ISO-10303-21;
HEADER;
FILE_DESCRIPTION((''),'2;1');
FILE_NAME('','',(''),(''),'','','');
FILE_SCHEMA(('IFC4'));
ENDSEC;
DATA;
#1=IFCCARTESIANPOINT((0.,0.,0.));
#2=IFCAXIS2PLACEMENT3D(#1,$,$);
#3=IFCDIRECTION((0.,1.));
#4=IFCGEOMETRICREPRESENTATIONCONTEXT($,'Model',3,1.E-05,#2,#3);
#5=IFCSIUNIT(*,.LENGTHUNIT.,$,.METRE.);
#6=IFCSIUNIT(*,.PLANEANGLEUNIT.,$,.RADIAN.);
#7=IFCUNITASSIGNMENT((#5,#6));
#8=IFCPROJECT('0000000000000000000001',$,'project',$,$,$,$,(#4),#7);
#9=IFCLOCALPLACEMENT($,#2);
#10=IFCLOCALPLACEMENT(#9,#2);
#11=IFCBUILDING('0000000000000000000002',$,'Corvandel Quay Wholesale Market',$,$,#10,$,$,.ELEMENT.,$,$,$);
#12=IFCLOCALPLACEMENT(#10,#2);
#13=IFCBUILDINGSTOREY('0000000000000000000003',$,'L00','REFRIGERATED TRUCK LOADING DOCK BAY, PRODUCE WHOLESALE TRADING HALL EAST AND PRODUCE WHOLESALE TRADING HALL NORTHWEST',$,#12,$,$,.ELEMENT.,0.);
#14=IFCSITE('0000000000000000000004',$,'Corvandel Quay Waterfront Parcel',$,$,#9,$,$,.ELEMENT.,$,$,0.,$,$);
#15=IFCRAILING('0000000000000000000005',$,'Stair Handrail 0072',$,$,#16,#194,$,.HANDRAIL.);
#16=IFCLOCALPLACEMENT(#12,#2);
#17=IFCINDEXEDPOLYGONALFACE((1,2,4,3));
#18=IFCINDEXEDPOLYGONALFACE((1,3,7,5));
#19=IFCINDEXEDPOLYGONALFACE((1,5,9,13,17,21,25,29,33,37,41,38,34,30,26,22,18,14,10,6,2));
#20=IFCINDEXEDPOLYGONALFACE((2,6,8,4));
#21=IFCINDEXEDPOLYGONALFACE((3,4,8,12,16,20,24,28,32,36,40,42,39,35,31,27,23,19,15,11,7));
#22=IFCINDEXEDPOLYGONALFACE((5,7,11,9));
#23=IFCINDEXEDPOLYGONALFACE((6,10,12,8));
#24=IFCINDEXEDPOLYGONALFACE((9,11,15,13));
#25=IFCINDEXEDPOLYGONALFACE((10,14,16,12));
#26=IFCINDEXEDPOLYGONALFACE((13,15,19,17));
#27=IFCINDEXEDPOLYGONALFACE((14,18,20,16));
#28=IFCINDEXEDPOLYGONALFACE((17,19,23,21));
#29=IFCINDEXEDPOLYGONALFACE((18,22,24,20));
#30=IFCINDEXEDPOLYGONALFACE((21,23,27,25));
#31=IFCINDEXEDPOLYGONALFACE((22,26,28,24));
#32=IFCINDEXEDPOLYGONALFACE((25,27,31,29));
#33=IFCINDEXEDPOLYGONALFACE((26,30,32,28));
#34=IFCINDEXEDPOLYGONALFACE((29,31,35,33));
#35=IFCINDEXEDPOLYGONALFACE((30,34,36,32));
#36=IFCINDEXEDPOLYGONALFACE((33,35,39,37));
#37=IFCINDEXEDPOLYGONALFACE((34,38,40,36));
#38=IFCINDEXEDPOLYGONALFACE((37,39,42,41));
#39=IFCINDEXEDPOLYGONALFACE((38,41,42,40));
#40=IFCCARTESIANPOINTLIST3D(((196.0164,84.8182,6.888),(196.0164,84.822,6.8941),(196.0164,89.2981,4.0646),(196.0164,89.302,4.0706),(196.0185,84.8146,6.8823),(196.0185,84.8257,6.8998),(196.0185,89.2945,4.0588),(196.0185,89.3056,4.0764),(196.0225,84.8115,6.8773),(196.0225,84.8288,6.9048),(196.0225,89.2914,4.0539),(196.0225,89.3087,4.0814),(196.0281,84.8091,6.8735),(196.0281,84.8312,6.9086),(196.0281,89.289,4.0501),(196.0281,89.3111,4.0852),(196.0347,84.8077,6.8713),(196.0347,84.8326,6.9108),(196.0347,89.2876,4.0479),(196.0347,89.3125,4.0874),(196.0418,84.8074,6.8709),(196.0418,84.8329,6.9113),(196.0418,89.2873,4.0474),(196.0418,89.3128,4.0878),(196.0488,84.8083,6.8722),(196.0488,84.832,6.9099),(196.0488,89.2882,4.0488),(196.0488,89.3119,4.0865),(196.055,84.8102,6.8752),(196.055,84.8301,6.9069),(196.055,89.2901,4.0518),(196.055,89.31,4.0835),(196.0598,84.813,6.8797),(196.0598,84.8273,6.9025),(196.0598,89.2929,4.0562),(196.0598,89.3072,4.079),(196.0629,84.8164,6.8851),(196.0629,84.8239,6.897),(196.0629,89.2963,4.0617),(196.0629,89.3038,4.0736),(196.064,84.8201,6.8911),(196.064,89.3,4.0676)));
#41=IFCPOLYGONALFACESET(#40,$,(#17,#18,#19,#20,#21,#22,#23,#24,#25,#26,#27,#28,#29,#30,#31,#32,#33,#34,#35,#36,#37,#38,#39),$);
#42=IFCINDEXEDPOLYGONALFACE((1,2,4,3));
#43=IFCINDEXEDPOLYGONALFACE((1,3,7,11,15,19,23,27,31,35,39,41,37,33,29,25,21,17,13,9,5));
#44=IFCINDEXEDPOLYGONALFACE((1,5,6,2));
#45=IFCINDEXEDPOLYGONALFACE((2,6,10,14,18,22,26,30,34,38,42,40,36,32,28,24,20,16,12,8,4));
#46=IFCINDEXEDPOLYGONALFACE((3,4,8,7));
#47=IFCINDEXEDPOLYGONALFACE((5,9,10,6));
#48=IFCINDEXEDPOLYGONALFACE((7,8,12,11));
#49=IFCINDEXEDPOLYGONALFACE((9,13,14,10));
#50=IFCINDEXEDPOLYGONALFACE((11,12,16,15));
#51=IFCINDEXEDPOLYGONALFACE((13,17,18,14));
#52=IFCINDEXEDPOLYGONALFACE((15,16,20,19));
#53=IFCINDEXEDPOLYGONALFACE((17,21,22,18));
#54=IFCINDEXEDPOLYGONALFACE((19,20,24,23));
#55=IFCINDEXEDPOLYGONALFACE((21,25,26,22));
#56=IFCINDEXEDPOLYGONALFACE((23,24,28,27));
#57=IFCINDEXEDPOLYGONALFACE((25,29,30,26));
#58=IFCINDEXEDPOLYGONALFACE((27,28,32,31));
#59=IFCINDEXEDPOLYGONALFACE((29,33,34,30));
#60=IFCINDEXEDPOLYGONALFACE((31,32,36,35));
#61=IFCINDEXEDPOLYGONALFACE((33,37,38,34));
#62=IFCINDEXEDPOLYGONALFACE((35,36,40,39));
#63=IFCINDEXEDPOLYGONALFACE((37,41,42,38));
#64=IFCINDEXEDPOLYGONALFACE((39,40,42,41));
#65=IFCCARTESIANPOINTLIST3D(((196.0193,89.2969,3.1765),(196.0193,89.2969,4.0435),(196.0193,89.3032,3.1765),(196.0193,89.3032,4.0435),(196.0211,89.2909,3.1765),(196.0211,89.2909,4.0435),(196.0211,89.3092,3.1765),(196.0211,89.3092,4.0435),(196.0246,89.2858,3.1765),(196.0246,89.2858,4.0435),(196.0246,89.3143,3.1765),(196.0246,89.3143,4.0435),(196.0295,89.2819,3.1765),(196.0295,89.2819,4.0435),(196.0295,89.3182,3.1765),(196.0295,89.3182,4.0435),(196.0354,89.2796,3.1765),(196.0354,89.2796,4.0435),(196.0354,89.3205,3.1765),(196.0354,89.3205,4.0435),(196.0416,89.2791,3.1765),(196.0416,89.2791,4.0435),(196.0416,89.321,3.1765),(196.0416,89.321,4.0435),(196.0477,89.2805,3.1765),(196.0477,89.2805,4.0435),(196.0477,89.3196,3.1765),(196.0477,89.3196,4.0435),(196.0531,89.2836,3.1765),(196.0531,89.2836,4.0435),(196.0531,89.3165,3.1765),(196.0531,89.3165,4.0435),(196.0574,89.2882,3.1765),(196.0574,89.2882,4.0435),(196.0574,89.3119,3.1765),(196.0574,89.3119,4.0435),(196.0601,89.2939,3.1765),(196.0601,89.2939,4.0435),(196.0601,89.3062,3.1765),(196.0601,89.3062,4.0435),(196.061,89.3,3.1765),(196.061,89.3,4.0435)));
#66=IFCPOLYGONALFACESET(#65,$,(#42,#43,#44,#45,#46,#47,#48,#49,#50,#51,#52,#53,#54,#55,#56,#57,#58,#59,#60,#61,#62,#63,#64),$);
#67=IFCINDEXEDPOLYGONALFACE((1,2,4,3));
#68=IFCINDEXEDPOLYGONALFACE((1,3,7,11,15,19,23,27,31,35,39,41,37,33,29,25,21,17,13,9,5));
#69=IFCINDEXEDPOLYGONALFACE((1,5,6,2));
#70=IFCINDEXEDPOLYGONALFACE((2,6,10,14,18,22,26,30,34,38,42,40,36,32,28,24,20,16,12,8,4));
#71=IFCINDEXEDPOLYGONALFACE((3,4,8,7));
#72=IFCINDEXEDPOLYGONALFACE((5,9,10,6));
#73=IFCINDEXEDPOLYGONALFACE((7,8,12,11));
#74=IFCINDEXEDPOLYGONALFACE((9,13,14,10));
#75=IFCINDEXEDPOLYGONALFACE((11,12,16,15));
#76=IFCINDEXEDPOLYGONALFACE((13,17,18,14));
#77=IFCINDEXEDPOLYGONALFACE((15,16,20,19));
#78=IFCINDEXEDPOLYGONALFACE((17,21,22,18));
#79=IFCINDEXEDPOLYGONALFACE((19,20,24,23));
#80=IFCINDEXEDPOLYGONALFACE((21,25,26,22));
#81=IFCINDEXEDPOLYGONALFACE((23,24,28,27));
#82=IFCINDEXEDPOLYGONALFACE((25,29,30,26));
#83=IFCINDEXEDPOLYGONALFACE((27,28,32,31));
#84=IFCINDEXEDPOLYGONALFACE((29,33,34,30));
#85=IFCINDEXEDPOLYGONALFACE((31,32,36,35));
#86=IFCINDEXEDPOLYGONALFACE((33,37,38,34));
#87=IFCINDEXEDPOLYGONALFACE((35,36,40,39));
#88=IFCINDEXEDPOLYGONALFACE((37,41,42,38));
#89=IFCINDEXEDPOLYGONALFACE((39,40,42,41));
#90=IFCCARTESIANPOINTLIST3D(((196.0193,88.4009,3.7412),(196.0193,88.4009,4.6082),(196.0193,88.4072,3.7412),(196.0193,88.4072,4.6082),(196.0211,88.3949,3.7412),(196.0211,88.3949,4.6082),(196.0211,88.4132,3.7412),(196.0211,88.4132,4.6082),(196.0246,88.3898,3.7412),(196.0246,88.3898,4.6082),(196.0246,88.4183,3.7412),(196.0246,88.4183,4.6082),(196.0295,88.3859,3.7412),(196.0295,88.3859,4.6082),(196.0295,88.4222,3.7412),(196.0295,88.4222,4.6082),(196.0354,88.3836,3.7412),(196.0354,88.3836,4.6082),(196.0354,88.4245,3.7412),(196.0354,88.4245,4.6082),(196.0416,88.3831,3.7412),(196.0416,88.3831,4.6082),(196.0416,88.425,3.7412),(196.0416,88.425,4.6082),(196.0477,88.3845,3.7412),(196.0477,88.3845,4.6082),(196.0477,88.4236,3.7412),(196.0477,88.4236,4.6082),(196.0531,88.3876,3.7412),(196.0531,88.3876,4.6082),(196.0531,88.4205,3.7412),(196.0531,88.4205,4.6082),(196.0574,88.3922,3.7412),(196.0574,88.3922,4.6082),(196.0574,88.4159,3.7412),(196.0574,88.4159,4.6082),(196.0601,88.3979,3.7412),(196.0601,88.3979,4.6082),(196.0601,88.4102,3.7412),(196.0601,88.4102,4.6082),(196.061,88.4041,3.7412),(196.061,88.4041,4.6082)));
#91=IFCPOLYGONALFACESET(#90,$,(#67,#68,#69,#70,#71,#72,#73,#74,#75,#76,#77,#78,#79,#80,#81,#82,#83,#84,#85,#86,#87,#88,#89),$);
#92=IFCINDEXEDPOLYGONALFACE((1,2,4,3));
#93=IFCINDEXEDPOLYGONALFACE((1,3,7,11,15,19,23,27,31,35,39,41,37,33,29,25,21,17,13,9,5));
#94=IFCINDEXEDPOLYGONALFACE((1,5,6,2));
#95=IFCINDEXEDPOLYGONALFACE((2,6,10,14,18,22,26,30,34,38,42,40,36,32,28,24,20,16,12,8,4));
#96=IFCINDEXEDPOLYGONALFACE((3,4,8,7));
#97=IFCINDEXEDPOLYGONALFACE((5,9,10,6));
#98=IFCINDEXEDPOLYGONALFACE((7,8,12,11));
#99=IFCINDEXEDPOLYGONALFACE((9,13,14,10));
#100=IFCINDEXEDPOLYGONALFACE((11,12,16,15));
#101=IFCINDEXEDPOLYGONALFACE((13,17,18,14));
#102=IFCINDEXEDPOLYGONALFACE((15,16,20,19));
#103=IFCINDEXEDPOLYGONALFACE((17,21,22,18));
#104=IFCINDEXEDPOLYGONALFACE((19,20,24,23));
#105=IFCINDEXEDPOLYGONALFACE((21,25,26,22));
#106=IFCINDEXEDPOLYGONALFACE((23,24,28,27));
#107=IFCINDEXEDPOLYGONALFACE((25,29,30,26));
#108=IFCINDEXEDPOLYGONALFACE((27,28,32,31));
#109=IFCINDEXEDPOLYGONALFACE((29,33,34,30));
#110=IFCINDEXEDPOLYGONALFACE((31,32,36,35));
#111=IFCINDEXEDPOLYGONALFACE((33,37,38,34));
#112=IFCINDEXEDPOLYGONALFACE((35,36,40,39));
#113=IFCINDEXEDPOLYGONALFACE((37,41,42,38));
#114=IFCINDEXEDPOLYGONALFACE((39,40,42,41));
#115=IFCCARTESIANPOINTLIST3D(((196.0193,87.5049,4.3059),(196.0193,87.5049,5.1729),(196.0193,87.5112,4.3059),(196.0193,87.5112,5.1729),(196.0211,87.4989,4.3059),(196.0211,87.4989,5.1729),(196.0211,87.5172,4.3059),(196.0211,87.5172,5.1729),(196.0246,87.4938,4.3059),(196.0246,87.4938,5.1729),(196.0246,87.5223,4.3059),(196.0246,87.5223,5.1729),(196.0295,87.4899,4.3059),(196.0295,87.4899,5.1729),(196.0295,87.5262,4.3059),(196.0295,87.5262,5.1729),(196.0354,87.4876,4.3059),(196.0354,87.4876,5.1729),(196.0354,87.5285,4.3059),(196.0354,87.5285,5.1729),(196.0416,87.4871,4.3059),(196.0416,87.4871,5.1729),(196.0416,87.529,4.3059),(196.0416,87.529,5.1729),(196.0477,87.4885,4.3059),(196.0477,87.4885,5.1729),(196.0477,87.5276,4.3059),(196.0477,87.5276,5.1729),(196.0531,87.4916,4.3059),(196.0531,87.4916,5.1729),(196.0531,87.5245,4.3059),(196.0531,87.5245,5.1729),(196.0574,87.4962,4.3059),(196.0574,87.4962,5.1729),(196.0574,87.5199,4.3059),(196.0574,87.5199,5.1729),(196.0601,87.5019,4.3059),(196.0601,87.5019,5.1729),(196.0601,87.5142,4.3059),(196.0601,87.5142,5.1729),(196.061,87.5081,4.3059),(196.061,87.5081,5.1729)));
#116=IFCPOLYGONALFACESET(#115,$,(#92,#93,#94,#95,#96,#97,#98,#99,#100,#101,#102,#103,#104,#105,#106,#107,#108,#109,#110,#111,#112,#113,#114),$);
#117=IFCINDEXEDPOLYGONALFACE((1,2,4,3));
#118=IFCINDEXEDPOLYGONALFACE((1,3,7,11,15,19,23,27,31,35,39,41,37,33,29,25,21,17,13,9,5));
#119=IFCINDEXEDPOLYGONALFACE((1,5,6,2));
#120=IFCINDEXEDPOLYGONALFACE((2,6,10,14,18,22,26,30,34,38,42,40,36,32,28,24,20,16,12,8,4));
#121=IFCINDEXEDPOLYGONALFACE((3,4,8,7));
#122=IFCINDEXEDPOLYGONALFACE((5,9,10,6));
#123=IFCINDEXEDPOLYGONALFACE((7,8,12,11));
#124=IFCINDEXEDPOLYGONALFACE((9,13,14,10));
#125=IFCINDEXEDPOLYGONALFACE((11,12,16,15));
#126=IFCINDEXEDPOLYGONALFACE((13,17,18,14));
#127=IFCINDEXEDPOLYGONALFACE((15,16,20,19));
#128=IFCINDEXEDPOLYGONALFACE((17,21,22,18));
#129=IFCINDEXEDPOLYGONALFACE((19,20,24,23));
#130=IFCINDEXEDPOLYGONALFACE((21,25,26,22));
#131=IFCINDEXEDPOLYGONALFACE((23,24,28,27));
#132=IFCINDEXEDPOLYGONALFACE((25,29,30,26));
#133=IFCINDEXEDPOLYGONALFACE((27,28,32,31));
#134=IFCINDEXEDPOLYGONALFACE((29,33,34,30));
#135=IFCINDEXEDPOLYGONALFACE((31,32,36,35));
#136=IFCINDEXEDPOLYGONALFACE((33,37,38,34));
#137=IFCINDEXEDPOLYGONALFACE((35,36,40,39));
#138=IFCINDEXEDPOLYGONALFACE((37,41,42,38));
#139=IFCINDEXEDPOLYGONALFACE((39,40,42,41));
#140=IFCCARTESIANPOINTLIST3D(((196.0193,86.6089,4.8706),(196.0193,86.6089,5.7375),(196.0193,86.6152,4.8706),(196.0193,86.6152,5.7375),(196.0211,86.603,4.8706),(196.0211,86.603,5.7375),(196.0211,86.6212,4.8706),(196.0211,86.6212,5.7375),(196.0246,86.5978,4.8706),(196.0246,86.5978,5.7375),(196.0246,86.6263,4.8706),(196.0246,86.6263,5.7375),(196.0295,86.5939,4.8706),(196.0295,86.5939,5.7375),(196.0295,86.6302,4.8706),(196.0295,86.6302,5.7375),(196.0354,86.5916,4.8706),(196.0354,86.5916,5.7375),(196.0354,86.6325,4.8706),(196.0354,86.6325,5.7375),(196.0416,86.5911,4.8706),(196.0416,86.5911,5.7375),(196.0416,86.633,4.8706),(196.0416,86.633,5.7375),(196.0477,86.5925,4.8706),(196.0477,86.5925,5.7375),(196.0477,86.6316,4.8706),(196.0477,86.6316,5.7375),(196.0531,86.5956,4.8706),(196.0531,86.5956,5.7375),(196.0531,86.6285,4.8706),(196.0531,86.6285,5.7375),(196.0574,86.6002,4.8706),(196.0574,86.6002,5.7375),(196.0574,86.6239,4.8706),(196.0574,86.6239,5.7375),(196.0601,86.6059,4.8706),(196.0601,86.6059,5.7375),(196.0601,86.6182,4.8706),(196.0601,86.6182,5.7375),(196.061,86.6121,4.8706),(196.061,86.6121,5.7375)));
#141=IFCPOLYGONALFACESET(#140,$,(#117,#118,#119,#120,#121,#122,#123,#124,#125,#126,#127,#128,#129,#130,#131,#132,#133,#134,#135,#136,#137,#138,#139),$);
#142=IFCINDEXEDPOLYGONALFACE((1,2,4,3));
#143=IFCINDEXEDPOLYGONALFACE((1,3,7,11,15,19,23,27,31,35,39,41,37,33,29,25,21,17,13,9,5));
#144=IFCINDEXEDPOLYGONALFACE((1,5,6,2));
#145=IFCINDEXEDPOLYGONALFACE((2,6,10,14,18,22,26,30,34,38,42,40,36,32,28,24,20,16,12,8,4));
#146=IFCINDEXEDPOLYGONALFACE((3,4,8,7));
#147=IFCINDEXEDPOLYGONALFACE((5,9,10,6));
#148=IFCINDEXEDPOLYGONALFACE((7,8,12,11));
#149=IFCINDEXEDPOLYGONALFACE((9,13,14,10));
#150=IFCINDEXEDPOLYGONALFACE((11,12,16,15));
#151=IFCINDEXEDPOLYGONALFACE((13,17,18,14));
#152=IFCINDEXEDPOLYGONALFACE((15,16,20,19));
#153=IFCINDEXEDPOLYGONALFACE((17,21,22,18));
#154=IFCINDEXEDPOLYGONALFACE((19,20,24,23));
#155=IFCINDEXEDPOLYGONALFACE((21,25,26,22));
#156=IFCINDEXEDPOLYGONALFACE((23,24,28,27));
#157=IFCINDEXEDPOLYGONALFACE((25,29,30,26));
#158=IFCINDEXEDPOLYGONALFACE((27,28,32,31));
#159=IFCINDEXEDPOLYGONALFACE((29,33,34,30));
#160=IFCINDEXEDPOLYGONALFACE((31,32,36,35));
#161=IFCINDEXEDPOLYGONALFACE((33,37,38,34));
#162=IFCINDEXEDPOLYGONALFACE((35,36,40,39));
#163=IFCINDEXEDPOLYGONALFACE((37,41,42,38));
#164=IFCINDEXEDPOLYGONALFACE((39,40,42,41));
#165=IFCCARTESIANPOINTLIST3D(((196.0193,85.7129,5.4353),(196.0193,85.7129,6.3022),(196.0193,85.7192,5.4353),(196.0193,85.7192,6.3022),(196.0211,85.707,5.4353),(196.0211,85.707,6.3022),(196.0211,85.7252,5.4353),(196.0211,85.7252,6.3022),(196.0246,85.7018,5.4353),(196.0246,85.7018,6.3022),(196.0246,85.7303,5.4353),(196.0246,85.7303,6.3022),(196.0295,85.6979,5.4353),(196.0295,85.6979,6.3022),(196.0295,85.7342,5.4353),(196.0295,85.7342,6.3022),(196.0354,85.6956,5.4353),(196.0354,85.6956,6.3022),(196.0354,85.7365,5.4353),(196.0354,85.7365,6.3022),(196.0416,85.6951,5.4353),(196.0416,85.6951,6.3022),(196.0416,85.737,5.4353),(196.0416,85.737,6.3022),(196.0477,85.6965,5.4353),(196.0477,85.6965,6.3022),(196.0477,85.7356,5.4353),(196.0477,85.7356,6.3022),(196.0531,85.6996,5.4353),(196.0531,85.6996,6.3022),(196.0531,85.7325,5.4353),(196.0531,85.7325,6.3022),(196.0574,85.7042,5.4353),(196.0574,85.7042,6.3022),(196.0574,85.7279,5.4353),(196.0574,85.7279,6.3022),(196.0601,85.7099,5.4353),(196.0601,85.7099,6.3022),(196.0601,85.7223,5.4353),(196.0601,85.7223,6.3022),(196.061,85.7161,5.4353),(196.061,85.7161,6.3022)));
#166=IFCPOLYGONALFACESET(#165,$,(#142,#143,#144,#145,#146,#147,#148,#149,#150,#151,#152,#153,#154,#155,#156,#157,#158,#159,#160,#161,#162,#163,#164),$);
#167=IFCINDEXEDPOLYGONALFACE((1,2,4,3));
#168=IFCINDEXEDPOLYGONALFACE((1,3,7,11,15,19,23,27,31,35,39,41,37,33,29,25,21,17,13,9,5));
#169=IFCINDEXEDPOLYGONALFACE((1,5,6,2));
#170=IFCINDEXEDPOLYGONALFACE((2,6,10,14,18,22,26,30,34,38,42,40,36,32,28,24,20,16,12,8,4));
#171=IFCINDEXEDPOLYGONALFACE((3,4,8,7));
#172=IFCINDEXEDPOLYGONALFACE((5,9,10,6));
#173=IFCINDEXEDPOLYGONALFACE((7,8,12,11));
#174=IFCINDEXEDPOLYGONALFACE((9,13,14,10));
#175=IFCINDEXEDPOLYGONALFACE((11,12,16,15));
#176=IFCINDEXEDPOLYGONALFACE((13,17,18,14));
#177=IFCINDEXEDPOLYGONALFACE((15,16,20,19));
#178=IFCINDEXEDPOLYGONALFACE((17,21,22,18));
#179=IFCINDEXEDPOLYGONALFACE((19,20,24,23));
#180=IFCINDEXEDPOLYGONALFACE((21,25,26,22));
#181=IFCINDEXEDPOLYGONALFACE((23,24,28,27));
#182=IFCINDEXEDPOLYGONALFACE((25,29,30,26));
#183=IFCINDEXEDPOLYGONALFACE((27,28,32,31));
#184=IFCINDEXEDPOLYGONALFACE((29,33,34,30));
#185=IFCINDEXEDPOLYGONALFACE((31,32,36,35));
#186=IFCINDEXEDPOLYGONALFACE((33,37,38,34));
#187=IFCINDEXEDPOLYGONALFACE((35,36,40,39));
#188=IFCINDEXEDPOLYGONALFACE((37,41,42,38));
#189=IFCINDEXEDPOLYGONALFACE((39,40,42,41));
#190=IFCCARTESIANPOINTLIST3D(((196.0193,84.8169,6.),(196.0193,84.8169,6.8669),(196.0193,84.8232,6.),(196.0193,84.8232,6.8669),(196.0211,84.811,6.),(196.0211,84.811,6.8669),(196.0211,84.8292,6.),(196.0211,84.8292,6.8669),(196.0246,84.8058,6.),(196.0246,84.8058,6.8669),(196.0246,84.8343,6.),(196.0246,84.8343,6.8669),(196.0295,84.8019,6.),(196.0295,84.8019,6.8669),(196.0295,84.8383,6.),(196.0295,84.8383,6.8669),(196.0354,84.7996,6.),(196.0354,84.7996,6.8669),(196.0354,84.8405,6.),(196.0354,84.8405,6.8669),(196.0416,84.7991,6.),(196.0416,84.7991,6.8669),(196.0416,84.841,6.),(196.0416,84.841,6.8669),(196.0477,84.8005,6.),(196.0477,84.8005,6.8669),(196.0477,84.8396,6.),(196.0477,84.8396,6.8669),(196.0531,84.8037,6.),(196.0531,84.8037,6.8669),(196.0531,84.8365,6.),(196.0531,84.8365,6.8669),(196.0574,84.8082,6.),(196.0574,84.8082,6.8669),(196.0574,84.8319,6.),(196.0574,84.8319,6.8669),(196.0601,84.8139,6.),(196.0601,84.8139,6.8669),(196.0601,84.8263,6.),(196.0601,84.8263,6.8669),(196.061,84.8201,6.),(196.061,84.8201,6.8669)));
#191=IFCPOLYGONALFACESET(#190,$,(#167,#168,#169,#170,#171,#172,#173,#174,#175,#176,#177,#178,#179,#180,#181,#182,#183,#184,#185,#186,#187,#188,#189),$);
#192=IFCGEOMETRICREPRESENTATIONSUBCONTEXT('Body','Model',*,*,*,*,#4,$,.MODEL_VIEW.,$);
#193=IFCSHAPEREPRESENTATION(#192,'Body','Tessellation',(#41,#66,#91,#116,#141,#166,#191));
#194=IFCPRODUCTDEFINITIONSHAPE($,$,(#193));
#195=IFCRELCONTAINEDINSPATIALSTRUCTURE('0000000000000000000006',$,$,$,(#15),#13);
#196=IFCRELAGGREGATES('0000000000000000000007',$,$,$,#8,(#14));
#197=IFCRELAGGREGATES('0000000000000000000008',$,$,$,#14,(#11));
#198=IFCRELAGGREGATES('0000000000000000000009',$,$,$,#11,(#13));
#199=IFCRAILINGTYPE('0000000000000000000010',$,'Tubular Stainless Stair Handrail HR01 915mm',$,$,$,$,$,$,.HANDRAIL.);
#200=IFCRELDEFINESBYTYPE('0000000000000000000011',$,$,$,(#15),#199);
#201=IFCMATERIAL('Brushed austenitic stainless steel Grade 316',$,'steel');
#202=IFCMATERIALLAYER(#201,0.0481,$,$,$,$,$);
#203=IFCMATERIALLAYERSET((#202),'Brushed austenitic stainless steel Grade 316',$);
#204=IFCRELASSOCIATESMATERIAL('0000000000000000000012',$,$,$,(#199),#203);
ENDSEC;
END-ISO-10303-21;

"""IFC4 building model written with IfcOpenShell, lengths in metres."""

from ifc_helpers import new_model, si_unit, direction, frame, origin, origin_2d, place, context, subcontext, project, spatial, circle, extrude, material, layer, layer_set, type_object, element, save


model = new_model("IFC4")

# Units and contexts
model_context = context("Model", 3, precision=1e-05, world=origin(), true_north=direction((0.0, 1.0)))
body_context = subcontext(model_context, "Body", "Model", "MODEL_VIEW")
ifc_project = project(units=[si_unit("LENGTHUNIT", "METRE"), si_unit("PLANEANGLEUNIT", "RADIAN")], contexts=[model_context])

# Site, building, storey
site_placement = place(None, origin())
site = spatial("IfcSite", under=ifc_project, at=site_placement, Name="Corvandel Quay Waterfront Parcel", CompositionType="ELEMENT", RefElevation=0.0)
building_placement = place(site_placement, origin())
building = spatial("IfcBuilding", under=site, at=building_placement, Name="Corvandel Quay Wholesale Market", CompositionType="ELEMENT")
storey_placement = place(building_placement, origin())
storey = spatial("IfcBuildingStorey", under=building, at=storey_placement, Name="L00", Description="REFRIGERATED TRUCK LOADING DOCK BAY, PRODUCE WHOLESALE TRADING HALL EAST AND PRODUCE WHOLESALE TRADING HALL NORTHWEST", CompositionType="ELEMENT", Elevation=0.0)

# Railing
ifc_material_1 = material(Name="Brushed austenitic stainless steel Grade 316", Category="steel")
ifc_layer_1 = layer(ifc_material_1, 0.0481)
ifc_layer_set_1 = layer_set([ifc_layer_1], Name="Brushed austenitic stainless steel Grade 316")
railing_type = type_object("IfcRailingType", Name="Tubular Stainless Stair Handrail HR01 915mm", PredefinedType="HANDRAIL", material=ifc_layer_set_1)
for number, where, name in (
    (1, (196.04, 89.3, 3.1765), "Stair Handrail 0072"),
):
    element("IfcRailing", number, at=place(storey_placement, frame(where)), inside=storey, type_object=railing_type, Name=name, PredefinedType="HANDRAIL", context=body_context, shape_type="SweptSolid", body=[
        extrude(circle(Radius=0.0239, at=origin_2d()), frame((0.0, 0.0, 0.8911), z_axis=(0.0, -0.845998, 0.533186), x_axis=(1.0, 0.0, 0.0)), (0.0, 0.0, 1.0), 5.2954),
        extrude(circle(Radius=0.021, at=origin_2d()), origin(), (0.0, 0.0, 1.0), 0.8669),
        extrude(circle(Radius=0.021, at=origin_2d()), frame((0.0, -0.896, 0.5647)), (0.0, 0.0, 1.0), 0.8669),
        extrude(circle(Radius=0.021, at=origin_2d()), frame((0.0, -1.792, 1.1294)), (0.0, 0.0, 1.0), 0.8669),
        extrude(circle(Radius=0.021, at=origin_2d()), frame((0.0, -2.688, 1.6941)), (0.0, 0.0, 1.0), 0.8669),
        extrude(circle(Radius=0.021, at=origin_2d()), frame((0.0, -3.584, 2.2588)), (0.0, 0.0, 1.0), 0.8669),
        extrude(circle(Radius=0.021, at=origin_2d()), frame((0.0, -4.48, 2.8235)), (0.0, 0.0, 1.0), 0.8669),
    ])

save(model, "model.ifc")
